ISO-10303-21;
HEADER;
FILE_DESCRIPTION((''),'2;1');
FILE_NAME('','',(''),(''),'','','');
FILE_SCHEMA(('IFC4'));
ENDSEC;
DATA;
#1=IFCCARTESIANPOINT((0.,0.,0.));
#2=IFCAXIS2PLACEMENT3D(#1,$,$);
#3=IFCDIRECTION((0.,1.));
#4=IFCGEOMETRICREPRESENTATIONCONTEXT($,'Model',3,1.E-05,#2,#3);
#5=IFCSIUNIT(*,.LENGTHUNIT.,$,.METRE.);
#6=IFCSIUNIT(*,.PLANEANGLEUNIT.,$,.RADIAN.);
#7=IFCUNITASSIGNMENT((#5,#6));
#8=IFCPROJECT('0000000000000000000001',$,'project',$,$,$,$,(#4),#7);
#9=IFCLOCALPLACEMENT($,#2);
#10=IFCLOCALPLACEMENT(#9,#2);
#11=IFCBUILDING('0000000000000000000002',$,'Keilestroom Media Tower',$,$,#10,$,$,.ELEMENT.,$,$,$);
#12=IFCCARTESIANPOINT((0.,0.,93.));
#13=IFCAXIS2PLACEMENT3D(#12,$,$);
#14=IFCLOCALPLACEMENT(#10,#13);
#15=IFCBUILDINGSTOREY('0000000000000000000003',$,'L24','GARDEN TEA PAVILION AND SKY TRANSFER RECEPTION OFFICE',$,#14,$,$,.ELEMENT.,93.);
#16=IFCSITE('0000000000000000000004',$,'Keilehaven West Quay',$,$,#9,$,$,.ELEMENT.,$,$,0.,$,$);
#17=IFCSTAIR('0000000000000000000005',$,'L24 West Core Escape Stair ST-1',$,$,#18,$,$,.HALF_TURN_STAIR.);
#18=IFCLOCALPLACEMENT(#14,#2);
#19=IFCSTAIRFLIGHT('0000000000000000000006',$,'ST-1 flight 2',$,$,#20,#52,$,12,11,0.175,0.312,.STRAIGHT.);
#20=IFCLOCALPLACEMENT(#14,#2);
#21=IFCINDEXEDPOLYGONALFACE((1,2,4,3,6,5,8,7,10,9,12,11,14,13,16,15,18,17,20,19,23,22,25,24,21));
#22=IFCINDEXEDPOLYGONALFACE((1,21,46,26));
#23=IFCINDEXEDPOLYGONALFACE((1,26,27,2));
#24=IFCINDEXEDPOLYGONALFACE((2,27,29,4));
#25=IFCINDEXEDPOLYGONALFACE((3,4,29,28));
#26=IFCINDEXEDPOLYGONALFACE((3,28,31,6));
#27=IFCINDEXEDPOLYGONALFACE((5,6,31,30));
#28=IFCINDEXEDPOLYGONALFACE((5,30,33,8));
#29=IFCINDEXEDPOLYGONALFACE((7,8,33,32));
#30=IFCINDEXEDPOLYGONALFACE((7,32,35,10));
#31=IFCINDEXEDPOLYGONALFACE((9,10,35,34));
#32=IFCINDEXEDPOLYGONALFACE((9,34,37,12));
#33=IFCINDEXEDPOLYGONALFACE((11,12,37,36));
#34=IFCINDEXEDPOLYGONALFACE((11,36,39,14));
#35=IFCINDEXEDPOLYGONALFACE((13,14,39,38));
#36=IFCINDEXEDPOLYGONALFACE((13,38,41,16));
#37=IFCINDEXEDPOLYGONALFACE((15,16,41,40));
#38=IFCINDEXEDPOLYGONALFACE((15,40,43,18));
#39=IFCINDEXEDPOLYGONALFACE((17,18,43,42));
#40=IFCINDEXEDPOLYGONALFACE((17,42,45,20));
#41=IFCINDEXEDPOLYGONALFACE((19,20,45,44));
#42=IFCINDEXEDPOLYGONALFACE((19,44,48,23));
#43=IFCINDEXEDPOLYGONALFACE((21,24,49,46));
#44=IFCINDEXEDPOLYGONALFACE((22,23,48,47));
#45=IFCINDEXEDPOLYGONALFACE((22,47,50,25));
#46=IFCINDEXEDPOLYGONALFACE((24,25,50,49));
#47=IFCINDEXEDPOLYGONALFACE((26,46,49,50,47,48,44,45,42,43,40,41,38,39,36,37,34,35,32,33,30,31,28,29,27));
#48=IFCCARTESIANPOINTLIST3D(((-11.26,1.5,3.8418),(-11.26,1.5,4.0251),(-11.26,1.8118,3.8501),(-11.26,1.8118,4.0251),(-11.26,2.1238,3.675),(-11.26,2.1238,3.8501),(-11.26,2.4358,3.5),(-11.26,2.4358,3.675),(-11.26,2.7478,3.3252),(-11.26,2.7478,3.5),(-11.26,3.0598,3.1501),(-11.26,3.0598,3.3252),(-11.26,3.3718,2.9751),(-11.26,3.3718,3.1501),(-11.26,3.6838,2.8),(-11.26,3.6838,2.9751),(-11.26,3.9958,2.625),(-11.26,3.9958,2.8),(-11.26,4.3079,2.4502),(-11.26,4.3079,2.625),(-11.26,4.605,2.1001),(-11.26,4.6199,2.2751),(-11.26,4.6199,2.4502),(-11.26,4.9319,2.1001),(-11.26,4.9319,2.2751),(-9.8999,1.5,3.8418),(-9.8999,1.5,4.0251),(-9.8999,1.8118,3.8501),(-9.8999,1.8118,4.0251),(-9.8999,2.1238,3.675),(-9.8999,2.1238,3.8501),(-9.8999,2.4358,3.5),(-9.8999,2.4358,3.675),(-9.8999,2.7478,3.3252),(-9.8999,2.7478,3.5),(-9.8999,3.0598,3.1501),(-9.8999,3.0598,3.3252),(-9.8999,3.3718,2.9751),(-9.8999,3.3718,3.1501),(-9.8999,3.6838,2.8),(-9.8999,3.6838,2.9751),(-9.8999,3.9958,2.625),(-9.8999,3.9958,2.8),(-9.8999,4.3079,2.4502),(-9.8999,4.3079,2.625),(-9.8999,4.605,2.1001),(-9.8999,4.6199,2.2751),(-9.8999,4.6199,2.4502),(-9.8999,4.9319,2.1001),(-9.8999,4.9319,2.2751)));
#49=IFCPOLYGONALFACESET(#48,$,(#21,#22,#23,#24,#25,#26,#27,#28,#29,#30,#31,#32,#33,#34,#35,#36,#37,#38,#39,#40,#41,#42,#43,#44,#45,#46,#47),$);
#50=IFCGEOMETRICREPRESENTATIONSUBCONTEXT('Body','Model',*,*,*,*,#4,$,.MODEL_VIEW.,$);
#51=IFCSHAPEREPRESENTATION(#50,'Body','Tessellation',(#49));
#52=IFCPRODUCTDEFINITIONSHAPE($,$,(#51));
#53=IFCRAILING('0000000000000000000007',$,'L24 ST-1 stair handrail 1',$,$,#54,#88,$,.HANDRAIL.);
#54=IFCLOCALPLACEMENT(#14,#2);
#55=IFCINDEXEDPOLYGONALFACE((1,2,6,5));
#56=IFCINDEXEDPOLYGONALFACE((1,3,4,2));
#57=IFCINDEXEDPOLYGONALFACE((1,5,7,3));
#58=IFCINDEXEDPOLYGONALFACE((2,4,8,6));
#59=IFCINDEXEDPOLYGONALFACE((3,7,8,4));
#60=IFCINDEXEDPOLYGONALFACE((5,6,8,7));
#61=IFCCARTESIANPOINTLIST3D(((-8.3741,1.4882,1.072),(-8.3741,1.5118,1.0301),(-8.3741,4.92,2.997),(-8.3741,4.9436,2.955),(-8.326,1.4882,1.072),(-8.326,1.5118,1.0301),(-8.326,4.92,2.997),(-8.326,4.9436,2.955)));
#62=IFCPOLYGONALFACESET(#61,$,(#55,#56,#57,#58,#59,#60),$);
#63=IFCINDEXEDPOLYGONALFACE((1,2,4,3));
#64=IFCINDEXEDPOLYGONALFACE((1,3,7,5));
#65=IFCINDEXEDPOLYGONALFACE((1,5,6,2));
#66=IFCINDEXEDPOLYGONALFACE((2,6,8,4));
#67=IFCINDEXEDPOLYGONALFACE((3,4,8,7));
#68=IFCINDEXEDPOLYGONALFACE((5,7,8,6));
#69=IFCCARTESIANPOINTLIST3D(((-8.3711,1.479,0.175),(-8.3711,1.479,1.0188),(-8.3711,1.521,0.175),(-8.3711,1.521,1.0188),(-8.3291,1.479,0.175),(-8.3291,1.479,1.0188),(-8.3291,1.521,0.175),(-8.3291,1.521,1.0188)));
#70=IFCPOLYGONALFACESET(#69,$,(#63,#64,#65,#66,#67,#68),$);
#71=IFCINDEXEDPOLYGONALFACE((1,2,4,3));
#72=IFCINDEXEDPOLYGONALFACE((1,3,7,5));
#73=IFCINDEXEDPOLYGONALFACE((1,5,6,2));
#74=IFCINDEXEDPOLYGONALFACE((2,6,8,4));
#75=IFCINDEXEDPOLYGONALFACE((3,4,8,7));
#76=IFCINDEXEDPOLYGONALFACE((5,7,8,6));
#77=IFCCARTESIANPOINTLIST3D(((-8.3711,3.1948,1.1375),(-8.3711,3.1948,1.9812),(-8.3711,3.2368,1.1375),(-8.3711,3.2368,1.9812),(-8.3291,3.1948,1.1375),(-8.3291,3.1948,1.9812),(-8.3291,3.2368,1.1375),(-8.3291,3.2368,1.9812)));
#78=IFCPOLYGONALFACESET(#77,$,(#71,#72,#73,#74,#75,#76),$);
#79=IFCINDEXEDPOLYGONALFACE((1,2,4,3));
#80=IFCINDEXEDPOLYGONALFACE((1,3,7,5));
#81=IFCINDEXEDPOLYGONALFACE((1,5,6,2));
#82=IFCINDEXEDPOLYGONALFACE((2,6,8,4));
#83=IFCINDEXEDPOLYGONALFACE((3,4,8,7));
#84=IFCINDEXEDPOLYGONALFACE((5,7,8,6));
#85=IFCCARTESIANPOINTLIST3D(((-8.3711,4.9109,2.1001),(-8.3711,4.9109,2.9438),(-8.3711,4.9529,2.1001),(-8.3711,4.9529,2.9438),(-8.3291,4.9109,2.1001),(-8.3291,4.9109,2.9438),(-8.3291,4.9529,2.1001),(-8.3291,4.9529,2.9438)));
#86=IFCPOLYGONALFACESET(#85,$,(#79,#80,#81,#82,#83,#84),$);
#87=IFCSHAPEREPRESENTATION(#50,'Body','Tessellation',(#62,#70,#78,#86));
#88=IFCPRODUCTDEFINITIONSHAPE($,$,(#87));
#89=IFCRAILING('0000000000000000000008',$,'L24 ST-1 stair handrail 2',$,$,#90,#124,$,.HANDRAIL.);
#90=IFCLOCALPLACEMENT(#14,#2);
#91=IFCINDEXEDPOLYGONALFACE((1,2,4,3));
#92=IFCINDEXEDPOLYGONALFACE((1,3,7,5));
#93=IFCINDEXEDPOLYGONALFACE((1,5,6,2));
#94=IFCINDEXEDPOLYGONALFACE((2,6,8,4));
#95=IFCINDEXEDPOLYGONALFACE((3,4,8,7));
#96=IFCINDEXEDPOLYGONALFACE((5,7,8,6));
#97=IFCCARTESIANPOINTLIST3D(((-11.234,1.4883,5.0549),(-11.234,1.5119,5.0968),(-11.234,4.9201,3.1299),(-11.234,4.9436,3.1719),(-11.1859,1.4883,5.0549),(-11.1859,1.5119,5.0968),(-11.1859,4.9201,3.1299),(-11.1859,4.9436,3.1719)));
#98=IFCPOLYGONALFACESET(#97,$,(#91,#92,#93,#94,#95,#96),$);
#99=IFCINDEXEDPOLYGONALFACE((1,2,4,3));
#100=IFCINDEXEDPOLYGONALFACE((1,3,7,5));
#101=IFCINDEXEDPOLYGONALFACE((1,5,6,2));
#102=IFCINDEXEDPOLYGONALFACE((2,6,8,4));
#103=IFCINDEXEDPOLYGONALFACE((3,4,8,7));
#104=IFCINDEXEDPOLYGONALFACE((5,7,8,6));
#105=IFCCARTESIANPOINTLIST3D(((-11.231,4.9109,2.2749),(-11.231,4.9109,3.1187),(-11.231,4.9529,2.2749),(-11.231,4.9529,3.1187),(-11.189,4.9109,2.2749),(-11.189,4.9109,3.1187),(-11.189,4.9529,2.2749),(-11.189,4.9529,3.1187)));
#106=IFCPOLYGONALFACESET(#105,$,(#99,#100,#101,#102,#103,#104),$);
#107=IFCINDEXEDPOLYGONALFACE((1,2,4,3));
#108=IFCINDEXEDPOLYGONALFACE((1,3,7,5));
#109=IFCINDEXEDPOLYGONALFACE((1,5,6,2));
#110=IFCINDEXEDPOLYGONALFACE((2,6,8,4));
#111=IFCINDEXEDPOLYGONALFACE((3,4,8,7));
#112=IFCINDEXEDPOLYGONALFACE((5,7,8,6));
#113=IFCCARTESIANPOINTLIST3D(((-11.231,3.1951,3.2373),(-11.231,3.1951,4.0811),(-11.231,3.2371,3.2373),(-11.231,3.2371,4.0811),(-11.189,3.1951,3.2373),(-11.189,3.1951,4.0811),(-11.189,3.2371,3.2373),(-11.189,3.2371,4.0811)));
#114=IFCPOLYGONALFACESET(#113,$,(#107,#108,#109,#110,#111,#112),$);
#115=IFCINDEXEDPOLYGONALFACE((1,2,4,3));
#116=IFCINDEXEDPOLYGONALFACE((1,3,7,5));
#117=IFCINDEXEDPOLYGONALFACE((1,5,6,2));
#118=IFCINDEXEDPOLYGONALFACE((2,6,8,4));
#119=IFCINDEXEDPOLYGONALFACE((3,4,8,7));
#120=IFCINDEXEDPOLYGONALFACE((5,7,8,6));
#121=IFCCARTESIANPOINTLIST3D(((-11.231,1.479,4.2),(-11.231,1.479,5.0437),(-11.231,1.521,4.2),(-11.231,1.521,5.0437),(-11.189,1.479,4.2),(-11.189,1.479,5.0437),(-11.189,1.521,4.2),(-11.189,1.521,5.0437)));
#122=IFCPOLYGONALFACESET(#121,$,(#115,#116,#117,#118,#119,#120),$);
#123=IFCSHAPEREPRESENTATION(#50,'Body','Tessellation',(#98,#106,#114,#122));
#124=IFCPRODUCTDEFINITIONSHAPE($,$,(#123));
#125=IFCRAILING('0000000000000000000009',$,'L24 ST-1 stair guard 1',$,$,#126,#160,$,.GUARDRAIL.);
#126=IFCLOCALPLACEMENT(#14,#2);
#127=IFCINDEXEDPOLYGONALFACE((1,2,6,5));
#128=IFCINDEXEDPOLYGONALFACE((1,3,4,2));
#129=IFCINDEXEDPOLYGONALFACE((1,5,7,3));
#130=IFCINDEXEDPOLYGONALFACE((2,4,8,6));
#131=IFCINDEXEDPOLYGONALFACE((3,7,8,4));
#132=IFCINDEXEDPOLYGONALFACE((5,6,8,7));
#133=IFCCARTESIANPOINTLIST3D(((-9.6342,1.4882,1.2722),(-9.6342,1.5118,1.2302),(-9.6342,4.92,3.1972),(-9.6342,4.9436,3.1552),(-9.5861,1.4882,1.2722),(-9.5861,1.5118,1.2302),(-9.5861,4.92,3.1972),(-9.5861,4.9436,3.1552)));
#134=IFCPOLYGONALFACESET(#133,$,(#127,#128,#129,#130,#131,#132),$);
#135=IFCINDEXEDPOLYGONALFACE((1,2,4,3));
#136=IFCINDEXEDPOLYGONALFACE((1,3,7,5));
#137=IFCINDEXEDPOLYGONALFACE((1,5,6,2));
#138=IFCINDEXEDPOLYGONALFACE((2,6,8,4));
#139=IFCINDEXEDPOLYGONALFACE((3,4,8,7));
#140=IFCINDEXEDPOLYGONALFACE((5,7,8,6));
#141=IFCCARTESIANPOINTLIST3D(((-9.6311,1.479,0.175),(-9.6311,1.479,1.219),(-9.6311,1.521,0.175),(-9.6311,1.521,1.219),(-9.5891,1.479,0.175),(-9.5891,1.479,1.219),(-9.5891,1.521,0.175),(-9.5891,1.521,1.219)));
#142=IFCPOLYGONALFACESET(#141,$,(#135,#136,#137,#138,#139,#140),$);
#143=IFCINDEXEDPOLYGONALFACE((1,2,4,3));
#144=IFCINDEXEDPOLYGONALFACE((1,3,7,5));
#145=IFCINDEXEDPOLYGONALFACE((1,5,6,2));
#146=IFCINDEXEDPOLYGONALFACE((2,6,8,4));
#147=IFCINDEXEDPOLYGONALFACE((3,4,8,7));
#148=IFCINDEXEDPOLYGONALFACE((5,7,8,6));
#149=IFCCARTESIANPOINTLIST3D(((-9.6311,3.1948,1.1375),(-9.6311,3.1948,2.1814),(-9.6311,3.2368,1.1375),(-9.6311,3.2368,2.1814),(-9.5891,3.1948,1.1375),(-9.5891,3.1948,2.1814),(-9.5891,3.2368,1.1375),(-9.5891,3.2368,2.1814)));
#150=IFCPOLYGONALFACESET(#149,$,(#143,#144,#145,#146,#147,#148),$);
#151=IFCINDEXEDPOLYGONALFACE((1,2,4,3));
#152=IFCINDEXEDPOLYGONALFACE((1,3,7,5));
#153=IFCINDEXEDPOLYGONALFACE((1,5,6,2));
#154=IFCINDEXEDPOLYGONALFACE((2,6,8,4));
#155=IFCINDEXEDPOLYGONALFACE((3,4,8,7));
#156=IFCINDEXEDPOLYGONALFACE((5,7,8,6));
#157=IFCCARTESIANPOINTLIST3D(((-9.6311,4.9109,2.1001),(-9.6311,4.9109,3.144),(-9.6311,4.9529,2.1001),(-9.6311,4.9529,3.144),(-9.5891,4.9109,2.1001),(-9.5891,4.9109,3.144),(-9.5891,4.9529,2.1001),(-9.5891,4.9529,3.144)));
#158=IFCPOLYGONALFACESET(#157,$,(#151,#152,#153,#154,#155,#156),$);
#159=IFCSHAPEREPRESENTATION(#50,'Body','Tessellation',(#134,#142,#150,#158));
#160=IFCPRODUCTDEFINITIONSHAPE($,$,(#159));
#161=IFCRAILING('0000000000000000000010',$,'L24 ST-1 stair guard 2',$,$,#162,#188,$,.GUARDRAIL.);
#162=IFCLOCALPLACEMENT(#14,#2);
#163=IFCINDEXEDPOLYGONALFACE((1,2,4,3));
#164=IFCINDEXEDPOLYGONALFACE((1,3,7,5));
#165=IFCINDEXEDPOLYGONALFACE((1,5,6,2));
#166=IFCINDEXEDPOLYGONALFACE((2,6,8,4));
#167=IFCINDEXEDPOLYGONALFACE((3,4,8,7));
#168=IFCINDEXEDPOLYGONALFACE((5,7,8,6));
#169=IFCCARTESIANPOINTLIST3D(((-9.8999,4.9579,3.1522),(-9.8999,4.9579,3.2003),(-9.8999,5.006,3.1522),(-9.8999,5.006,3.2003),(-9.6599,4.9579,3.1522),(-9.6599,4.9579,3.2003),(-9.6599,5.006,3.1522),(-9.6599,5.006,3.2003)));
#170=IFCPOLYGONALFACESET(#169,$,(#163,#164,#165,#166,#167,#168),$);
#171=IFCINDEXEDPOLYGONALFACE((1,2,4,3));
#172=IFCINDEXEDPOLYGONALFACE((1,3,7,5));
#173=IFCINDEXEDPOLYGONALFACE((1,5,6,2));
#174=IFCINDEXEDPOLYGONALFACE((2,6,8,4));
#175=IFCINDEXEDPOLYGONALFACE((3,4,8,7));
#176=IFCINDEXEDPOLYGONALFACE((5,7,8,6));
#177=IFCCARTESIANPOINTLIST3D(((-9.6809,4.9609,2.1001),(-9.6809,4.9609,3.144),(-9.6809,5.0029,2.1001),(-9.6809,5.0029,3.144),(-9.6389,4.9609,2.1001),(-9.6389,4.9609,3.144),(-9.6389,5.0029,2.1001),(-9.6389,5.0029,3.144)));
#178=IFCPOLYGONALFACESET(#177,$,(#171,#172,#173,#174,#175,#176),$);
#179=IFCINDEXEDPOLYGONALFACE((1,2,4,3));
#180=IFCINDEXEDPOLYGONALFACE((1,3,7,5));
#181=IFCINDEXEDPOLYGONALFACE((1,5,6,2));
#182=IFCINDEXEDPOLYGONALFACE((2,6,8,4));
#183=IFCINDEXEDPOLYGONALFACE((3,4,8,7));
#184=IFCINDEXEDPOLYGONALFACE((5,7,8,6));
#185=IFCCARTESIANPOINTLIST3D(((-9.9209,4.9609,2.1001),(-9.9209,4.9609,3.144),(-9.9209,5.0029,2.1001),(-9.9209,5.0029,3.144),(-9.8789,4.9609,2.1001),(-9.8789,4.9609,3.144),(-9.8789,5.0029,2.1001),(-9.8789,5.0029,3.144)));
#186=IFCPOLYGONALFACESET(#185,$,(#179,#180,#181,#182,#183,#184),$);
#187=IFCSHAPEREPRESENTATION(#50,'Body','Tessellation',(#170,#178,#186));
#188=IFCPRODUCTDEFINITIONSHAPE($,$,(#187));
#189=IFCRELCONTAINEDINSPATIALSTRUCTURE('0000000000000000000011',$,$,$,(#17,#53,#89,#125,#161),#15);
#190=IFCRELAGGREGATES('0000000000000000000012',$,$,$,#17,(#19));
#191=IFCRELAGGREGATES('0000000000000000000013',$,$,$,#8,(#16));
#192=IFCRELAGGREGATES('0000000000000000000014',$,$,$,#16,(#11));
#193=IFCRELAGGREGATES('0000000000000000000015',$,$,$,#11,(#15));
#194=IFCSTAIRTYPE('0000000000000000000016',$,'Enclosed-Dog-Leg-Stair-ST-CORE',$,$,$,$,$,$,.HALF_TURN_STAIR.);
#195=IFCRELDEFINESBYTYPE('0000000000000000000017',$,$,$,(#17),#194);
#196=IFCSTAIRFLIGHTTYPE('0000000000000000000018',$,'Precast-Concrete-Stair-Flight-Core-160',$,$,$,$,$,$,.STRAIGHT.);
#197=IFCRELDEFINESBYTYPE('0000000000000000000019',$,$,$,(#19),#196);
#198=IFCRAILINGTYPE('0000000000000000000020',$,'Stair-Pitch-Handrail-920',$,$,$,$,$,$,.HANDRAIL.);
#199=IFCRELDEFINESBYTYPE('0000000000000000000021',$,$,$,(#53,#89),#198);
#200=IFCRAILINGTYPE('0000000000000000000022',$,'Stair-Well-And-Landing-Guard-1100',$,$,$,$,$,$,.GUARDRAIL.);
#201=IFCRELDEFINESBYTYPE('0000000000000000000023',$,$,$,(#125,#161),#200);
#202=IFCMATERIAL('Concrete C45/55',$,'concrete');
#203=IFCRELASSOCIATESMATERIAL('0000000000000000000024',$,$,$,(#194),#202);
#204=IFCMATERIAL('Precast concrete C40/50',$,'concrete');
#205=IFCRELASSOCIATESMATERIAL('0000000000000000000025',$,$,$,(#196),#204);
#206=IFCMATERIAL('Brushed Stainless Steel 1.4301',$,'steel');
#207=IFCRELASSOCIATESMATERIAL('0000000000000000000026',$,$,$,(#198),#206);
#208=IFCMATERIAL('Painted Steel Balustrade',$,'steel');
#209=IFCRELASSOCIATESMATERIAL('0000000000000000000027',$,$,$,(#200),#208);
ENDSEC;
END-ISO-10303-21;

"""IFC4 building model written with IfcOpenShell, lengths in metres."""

from ifc_helpers import new_model, si_unit, direction, frame, origin, origin_2d, place, context, subcontext, project, spatial, polyline, rectangle, outline, extrude, material, type_object, element, aggregate, save


model = new_model("IFC4")

# Units and contexts
model_context = context("Model", 3, precision=1e-05, world=origin(), true_north=direction((0.0, 1.0)))
body_context = subcontext(model_context, "Body", "Model", "MODEL_VIEW")
ifc_project = project(units=[si_unit("LENGTHUNIT", "METRE"), si_unit("PLANEANGLEUNIT", "RADIAN")], contexts=[model_context])

# Site, building, storey
site_placement = place(None, origin())
site = spatial("IfcSite", under=ifc_project, at=site_placement, Name="Keilehaven West Quay", CompositionType="ELEMENT", RefElevation=0.0)
building_placement = place(site_placement, origin())
building = spatial("IfcBuilding", under=site, at=building_placement, Name="Keilestroom Media Tower", CompositionType="ELEMENT")
storey_placement = place(building_placement, frame((0.0, 0.0, 93.0)))
storey = spatial("IfcBuildingStorey", under=building, at=storey_placement, Name="L24", Description="GARDEN TEA PAVILION AND SKY TRANSFER RECEPTION OFFICE", CompositionType="ELEMENT", Elevation=93.0)

# Stair, stair flight
ifc_material_1 = material(Name="Concrete C45/55", Category="concrete")
stair_type = type_object("IfcStairType", Name="Enclosed-Dog-Leg-Stair-ST-CORE", PredefinedType="HALF_TURN_STAIR", material=ifc_material_1)
stair_placement = place(storey_placement, origin())
stair = element("IfcStair", 1, at=stair_placement, inside=storey, type_object=stair_type, Name="L24 West Core Escape Stair ST-1", PredefinedType="HALF_TURN_STAIR")
ifc_material_2 = material(Name="Precast concrete C40/50", Category="concrete")
stair_flight_type = type_object("IfcStairFlightType", Name="Precast-Concrete-Stair-Flight-Core-160", PredefinedType="STRAIGHT", material=ifc_material_2)
stair_flight_1_placement = place(storey_placement, frame((-10.5801, 4.9319, 2.1001), z_axis=(0.0, 0.0, 1.0), x_axis=(0.0, -1.0, 0.0)))
stair_flight_1 = element("IfcStairFlight", 2, at=stair_flight_1_placement, type_object=stair_flight_type, Name="ST-1 flight 2", NumberOfRisers=12, NumberOfTreads=11, PredefinedType="STRAIGHT", RiserHeight=0.175, TreadLength=0.312, context=body_context, shape_type="SweptSolid", body=[
    extrude(outline(polyline([(0.0, 0.0), (0.0, 0.175), (0.312, 0.175), (0.312, 0.3501), (0.624, 0.3501), (0.624, 0.5249), (0.936, 0.5249), (0.936, 0.7), (1.248, 0.7), (1.248, 0.875), (1.5601, 0.875), (1.5601, 1.05), (1.8721, 1.05), (1.8721, 1.2251), (2.1841, 1.2251), (2.1841, 1.3999), (2.4961, 1.3999), (2.4961, 1.575), (2.8081, 1.575), (2.8081, 1.75), (3.1201, 1.75), (3.1201, 1.925), (3.4319, 1.925), (3.4319, 2.1001), (3.4319, 1.7417), (0.3269, 0.0), (0.0, 0.0)])), frame((0.0, 0.6802, 0.0), z_axis=(0.0, -1.0, 0.0), x_axis=(1.0, 0.0, 0.0)), (0.0, 0.0, 1.0), 1.3601),
])
aggregate(stair, [stair_flight_1])

# Railings
ifc_material_3 = material(Name="Brushed Stainless Steel 1.4301", Category="steel")
railing_type_1 = type_object("IfcRailingType", Name="Stair-Pitch-Handrail-920", PredefinedType="HANDRAIL", material=ifc_material_3)
railing_1_placement = place(storey_placement, frame((-8.3501, 1.5, 0.175)))
element("IfcRailing", 3, at=railing_1_placement, inside=storey, type_object=railing_type_1, Name="L24 ST-1 stair handrail 1", PredefinedType="HANDRAIL", context=body_context, shape_type="SweptSolid", body=[
    extrude(rectangle(XDim=0.0481, YDim=0.0481, at=origin_2d()), frame((0.0, 0.0, 0.876), z_axis=(0.0, 0.87216, 0.489221), x_axis=(-1.0, 0.0, 0.0)), (0.0, 0.0, 1.0), 3.9348),
    extrude(rectangle(XDim=0.042, YDim=0.042, at=origin_2d()), origin(), (0.0, 0.0, 1.0), 0.8438),
    extrude(rectangle(XDim=0.042, YDim=0.042, at=origin_2d()), frame((0.0, 1.7158, 0.9624)), (0.0, 0.0, 1.0), 0.8438),
    extrude(rectangle(XDim=0.042, YDim=0.042, at=origin_2d()), frame((0.0, 3.4319, 1.925)), (0.0, 0.0, 1.0), 0.8438),
])
railing_2_placement = place(storey_placement, frame((-11.21, 4.9319, 2.2749)))
element("IfcRailing", 4, at=railing_2_placement, inside=storey, type_object=railing_type_1, Name="L24 ST-1 stair handrail 2", PredefinedType="HANDRAIL", context=body_context, shape_type="SweptSolid", body=[
    extrude(rectangle(XDim=0.0481, YDim=0.0481, at=origin_2d()), frame((0.0, 0.0, 0.876), z_axis=(0.0, -0.87216, 0.489221), x_axis=(1.0, 0.0, 0.0)), (0.0, 0.0, 1.0), 3.9348),
    extrude(rectangle(XDim=0.042, YDim=0.042, at=origin_2d()), origin(), (0.0, 0.0, 1.0), 0.8438),
    extrude(rectangle(XDim=0.042, YDim=0.042, at=origin_2d()), frame((0.0, -1.7158, 0.9624)), (0.0, 0.0, 1.0), 0.8438),
    extrude(rectangle(XDim=0.042, YDim=0.042, at=origin_2d()), frame((0.0, -3.4319, 1.925)), (0.0, 0.0, 1.0), 0.8438),
])
ifc_material_4 = material(Name="Painted Steel Balustrade", Category="steel")
railing_type_2 = type_object("IfcRailingType", Name="Stair-Well-And-Landing-Guard-1100", PredefinedType="GUARDRAIL", material=ifc_material_4)
railing_3_placement = place(storey_placement, frame((-9.6101, 1.5, 0.175)))
element("IfcRailing", 5, at=railing_3_placement, inside=storey, type_object=railing_type_2, Name="L24 ST-1 stair guard 1", PredefinedType="GUARDRAIL", context=body_context, shape_type="SweptSolid", body=[
    extrude(rectangle(XDim=0.0481, YDim=0.0481, at=origin_2d()), frame((0.0, 0.0, 1.0762), z_axis=(0.0, 0.87216, 0.489221), x_axis=(-1.0, 0.0, 0.0)), (0.0, 0.0, 1.0), 3.9348),
    extrude(rectangle(XDim=0.042, YDim=0.042, at=origin_2d()), origin(), (0.0, 0.0, 1.0), 1.0439),
    extrude(rectangle(XDim=0.042, YDim=0.042, at=origin_2d()), frame((0.0, 1.7158, 0.9624)), (0.0, 0.0, 1.0), 1.0439),
    extrude(rectangle(XDim=0.042, YDim=0.042, at=origin_2d()), frame((0.0, 3.4319, 1.925)), (0.0, 0.0, 1.0), 1.0439),
])
railing_4_placement = place(storey_placement, frame((-9.6599, 4.9819, 2.1001)))
element("IfcRailing", 6, at=railing_4_placement, inside=storey, type_object=railing_type_2, Name="L24 ST-1 stair guard 2", PredefinedType="GUARDRAIL", context=body_context, shape_type="SweptSolid", body=[
    extrude(rectangle(XDim=0.0481, YDim=0.0481, at=origin_2d()), frame((0.0, 0.0, 1.0762), z_axis=(-1.0, 0.0, 0.0), x_axis=(0.0, -1.0, 0.0)), (0.0, 0.0, 1.0), 0.24),
    extrude(rectangle(XDim=0.042, YDim=0.042, at=origin_2d()), origin(), (0.0, 0.0, 1.0), 1.0439),
    extrude(rectangle(XDim=0.042, YDim=0.042, at=origin_2d()), frame((-0.24, 0.0, 0.0)), (0.0, 0.0, 1.0), 1.0439),
])

save(model, "model.ifc")
